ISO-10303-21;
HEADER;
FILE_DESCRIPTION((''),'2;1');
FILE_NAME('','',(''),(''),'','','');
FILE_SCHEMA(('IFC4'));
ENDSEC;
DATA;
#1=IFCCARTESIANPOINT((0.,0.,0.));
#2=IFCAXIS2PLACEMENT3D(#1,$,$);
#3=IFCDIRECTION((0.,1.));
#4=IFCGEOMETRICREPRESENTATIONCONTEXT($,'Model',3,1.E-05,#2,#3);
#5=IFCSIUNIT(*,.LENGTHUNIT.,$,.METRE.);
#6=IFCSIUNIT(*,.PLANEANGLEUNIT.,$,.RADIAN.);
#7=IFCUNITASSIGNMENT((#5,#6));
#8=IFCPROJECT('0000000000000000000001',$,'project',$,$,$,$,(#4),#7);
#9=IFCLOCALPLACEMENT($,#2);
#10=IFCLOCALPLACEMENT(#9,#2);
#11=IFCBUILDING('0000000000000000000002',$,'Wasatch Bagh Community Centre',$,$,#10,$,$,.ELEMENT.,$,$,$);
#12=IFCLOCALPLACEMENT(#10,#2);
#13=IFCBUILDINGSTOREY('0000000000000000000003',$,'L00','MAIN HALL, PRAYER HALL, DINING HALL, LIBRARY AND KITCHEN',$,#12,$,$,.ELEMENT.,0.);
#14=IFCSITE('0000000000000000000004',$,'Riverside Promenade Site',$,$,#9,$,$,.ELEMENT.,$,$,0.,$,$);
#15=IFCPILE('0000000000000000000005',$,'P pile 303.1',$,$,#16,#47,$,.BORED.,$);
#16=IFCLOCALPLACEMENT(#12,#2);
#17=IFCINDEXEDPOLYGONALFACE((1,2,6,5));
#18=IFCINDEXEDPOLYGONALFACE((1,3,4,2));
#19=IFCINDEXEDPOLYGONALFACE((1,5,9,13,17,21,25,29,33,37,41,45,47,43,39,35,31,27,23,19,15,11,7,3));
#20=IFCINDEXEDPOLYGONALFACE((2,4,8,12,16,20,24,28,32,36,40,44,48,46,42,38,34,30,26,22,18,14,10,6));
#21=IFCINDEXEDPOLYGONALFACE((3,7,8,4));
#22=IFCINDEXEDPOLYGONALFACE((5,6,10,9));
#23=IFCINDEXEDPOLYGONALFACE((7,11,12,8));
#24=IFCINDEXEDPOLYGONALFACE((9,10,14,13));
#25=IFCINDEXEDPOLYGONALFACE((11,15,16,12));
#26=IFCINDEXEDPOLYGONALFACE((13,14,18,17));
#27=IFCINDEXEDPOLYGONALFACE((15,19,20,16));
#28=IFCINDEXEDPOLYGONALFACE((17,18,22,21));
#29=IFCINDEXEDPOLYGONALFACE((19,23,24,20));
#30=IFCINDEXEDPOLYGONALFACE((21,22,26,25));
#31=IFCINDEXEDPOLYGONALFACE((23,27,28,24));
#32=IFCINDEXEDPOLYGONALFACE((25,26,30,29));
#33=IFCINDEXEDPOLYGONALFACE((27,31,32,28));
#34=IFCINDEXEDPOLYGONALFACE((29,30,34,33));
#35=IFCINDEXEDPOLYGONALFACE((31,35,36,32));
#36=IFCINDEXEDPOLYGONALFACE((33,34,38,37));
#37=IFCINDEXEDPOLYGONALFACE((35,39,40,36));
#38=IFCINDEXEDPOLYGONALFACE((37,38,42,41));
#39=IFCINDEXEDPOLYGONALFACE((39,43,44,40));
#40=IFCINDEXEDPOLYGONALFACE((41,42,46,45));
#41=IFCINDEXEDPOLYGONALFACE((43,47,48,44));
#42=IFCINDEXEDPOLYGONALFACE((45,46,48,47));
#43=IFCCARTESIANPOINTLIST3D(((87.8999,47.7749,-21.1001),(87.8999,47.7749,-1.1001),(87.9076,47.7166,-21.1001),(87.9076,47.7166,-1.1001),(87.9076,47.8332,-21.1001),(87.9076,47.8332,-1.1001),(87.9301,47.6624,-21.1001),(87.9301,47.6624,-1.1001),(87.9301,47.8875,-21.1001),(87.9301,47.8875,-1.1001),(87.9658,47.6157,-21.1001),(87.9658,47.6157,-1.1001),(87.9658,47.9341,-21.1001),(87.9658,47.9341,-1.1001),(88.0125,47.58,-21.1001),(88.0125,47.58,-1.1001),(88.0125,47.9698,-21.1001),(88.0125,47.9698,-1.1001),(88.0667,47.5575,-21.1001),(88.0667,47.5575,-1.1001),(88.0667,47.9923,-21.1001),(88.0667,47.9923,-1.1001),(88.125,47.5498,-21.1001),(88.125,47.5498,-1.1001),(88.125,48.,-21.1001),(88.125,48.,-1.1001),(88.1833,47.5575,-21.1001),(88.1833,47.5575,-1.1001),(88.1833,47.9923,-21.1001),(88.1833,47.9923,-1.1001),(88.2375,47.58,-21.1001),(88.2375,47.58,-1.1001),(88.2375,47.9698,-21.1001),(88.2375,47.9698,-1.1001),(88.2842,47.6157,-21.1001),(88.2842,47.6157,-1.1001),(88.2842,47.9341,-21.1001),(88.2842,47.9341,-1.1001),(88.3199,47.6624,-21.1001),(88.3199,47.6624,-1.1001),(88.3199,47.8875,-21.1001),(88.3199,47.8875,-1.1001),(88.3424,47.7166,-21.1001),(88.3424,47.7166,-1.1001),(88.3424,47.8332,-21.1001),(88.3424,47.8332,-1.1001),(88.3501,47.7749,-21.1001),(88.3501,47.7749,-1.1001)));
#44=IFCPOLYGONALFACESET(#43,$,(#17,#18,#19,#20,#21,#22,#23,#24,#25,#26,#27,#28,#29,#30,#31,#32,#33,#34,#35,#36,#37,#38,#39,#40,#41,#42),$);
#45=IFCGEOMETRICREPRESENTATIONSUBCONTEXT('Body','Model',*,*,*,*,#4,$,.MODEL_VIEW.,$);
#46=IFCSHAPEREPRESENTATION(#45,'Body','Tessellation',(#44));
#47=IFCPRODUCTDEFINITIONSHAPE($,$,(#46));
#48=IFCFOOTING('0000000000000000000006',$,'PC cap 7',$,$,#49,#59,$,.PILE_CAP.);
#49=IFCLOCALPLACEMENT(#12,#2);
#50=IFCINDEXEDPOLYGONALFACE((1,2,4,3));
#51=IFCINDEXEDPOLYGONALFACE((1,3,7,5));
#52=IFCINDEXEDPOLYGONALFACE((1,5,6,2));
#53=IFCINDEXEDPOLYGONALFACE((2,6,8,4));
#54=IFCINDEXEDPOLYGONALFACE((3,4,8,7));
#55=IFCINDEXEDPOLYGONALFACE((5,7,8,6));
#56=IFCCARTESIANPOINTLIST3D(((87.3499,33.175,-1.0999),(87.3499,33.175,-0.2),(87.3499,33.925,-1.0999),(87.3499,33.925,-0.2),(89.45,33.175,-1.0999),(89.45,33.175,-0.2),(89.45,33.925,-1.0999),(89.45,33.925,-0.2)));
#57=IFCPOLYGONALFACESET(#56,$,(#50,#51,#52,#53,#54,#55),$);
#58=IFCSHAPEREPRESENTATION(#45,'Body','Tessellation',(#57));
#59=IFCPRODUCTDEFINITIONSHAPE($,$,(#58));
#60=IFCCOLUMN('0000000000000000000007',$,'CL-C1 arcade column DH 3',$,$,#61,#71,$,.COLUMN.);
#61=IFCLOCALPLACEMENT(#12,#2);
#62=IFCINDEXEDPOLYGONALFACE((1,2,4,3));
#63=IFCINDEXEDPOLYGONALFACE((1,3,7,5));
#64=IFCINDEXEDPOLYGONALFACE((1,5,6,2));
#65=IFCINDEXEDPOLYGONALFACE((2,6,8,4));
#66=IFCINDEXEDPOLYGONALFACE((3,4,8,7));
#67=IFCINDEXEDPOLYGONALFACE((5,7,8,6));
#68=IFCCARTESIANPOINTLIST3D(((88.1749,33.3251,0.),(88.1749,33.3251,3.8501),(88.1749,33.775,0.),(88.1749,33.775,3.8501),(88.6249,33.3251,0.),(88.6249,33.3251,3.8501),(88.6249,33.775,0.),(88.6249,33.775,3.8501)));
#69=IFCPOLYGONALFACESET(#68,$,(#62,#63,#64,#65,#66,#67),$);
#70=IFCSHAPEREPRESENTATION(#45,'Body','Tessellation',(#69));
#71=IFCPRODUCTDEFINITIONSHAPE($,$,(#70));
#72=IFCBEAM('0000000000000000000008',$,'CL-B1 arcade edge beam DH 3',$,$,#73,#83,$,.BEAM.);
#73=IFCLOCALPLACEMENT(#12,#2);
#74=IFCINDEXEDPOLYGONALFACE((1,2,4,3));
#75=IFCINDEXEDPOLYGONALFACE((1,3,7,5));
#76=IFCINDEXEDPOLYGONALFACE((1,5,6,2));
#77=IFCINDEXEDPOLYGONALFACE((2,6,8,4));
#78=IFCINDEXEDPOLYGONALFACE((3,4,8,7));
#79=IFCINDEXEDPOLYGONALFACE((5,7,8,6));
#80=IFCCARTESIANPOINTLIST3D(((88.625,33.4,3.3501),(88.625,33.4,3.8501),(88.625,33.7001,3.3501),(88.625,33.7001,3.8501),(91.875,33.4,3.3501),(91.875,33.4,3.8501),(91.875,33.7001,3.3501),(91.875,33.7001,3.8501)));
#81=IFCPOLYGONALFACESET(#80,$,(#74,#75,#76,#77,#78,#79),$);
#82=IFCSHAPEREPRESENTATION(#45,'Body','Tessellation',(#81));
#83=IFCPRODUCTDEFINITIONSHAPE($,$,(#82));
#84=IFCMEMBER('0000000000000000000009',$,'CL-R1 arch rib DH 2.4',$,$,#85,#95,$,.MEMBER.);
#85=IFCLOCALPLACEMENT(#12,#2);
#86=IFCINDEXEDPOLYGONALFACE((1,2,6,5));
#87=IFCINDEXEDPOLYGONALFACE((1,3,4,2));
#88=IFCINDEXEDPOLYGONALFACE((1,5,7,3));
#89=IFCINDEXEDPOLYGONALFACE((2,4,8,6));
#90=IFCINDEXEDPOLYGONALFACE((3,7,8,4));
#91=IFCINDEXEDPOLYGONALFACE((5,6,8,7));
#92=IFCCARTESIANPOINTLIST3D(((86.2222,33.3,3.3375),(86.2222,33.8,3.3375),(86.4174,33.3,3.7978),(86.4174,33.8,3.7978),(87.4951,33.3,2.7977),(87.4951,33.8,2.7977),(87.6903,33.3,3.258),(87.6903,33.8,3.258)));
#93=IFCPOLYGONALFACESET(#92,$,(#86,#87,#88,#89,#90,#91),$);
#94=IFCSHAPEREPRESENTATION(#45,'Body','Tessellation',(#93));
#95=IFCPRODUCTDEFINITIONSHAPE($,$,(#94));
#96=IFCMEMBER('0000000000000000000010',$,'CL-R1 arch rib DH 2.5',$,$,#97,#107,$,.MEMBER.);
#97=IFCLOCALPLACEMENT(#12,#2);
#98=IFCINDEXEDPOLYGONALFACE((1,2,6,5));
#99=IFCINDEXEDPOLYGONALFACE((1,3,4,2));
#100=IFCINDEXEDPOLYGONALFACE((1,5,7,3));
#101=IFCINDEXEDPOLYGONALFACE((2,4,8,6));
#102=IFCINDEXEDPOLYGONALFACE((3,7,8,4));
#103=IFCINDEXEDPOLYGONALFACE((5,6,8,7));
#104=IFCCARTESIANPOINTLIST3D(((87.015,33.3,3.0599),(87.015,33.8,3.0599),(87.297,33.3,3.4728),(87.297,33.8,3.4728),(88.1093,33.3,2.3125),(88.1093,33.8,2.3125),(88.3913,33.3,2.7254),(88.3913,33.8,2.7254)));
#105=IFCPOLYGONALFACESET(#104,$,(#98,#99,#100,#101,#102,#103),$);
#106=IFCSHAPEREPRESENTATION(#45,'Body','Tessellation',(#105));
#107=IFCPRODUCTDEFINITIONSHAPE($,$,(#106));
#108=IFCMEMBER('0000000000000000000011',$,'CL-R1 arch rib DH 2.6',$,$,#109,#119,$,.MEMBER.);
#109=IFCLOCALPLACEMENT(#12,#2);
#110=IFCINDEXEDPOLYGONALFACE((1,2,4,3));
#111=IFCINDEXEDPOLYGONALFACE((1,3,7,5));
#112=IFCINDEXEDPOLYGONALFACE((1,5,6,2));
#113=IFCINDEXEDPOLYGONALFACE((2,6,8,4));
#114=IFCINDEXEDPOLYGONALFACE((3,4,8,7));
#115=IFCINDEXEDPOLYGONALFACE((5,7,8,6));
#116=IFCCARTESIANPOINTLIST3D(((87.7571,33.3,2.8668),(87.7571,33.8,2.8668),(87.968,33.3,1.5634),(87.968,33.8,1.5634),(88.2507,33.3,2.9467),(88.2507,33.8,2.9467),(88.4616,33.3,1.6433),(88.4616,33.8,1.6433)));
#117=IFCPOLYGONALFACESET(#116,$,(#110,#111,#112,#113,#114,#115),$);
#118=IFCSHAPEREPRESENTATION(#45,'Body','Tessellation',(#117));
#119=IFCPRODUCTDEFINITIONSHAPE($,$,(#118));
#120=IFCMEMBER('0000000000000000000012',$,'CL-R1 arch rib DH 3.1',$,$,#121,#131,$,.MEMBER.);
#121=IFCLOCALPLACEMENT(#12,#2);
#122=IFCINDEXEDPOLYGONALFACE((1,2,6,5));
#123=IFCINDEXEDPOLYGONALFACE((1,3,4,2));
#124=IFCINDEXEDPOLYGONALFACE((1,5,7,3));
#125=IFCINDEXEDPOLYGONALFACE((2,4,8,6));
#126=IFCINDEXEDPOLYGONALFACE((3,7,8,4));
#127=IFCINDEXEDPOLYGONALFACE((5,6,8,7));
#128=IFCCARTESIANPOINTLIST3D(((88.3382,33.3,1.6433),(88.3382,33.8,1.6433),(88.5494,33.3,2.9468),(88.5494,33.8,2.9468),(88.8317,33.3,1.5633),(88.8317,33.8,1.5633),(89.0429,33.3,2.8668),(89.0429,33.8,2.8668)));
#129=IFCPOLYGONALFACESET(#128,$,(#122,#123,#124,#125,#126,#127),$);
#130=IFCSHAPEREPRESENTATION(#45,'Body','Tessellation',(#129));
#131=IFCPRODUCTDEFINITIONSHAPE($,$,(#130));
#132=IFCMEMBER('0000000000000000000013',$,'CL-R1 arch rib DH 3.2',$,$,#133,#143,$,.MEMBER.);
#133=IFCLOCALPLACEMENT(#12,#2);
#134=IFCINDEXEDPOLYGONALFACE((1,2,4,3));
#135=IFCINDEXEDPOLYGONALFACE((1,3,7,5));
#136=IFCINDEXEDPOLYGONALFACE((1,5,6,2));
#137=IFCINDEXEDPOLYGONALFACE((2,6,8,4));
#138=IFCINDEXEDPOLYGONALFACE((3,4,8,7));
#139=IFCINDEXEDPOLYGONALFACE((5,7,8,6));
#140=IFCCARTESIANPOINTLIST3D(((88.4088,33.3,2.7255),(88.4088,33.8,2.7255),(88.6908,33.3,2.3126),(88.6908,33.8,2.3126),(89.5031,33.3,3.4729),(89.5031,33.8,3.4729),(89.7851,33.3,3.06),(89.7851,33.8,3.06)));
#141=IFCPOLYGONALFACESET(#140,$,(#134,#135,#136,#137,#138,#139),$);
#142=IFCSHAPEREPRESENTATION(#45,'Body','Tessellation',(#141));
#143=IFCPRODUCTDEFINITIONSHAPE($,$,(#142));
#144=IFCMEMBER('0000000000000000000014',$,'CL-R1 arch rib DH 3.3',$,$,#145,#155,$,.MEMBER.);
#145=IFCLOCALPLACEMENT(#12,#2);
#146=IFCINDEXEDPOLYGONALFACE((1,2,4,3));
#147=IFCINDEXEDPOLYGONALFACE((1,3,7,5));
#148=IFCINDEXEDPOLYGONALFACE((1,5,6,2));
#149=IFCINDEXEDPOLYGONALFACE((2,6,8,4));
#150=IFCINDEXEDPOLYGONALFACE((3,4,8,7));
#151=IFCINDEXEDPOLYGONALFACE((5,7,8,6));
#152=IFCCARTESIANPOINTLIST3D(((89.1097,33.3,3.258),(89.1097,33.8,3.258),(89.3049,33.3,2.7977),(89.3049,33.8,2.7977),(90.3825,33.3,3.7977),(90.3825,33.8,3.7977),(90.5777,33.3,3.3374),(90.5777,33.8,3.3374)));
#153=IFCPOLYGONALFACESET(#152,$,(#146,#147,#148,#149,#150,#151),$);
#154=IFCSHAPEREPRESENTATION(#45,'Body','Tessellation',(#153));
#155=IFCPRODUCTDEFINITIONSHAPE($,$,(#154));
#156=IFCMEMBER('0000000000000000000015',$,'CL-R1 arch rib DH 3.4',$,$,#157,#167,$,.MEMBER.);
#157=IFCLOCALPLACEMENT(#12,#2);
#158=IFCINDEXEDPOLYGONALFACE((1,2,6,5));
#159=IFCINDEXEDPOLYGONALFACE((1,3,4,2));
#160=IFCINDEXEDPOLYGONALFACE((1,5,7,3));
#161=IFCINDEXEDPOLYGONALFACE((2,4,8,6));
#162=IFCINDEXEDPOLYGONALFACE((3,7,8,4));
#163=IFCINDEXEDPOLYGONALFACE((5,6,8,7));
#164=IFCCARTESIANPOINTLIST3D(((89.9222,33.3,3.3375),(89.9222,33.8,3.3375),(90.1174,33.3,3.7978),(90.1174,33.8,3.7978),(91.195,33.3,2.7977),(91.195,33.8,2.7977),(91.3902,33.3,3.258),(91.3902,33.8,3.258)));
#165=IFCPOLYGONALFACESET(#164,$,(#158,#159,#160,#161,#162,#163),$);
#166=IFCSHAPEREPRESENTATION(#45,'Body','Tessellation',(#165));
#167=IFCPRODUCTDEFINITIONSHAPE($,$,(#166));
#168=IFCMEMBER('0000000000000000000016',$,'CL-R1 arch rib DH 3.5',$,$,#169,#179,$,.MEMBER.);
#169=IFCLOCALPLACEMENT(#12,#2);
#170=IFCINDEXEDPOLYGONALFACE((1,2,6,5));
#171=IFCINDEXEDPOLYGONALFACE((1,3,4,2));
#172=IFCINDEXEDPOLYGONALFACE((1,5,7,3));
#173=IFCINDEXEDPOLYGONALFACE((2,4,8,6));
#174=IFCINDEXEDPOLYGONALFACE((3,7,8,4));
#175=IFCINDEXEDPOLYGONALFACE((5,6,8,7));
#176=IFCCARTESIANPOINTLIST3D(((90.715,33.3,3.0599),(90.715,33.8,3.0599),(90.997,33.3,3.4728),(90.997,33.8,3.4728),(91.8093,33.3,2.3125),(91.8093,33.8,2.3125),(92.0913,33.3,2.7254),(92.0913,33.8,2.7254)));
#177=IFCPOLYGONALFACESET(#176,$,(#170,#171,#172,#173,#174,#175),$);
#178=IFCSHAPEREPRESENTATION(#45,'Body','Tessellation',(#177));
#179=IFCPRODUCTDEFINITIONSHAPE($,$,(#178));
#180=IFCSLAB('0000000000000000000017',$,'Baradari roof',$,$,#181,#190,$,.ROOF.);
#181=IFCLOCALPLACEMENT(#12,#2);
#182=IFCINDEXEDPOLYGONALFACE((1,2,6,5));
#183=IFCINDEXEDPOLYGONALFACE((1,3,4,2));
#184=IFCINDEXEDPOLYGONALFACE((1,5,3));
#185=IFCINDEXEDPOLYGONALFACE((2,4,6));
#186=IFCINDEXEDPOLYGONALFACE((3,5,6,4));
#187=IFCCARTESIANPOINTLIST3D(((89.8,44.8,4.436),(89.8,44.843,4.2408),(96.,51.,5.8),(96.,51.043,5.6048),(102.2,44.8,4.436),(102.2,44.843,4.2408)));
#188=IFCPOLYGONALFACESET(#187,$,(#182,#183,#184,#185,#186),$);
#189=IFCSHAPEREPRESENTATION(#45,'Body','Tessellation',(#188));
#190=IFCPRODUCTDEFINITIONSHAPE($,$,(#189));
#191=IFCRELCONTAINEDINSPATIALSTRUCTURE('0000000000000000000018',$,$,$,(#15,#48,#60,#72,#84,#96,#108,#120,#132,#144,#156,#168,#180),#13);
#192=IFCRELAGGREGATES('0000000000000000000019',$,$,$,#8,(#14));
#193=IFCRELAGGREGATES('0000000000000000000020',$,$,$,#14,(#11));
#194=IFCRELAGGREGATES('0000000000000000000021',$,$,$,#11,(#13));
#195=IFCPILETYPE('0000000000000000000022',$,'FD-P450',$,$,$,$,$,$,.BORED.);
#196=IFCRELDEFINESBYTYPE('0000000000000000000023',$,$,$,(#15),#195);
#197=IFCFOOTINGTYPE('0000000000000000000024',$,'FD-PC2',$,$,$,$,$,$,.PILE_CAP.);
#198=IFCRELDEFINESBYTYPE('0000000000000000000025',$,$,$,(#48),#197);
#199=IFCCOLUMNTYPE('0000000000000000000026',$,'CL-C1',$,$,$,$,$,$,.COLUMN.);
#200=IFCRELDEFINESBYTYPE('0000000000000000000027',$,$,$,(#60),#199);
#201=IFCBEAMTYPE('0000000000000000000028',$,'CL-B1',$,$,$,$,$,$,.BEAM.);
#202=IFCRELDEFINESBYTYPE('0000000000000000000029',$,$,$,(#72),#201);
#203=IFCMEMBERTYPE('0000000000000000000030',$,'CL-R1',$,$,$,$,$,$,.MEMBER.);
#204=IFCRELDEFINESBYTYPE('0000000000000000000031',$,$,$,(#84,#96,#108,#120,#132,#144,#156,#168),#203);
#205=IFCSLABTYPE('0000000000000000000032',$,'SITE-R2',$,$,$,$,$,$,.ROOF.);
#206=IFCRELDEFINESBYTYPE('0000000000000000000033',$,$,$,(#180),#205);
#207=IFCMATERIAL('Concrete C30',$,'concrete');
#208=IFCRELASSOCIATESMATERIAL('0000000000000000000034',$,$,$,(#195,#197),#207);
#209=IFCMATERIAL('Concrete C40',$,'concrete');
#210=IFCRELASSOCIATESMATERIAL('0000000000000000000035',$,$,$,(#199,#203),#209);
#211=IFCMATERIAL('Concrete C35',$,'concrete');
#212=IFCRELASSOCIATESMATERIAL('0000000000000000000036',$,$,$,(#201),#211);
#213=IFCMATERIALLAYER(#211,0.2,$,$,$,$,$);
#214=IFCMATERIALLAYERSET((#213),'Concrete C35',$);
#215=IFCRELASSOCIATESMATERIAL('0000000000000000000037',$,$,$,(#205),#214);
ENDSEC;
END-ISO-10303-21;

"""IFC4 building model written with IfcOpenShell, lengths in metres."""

from ifc_helpers import new_model, si_unit, direction, frame, origin, origin_2d, place, context, subcontext, project, spatial, polyline, rectangle, circle, outline, extrude, material, layer, layer_set, material_profile, profile_set, type_object, element, save


model = new_model("IFC4")

# Units and contexts
model_context = context("Model", 3, precision=1e-05, world=origin(), true_north=direction((0.0, 1.0)))
body_context = subcontext(model_context, "Body", "Model", "MODEL_VIEW")
ifc_project = project(units=[si_unit("LENGTHUNIT", "METRE"), si_unit("PLANEANGLEUNIT", "RADIAN")], contexts=[model_context])

# Site, building, storey
site_placement = place(None, origin())
site = spatial("IfcSite", under=ifc_project, at=site_placement, Name="Riverside Promenade Site", CompositionType="ELEMENT", RefElevation=0.0)
building_placement = place(site_placement, origin())
building = spatial("IfcBuilding", under=site, at=building_placement, Name="Wasatch Bagh Community Centre", CompositionType="ELEMENT")
storey_placement = place(building_placement, origin())
storey = spatial("IfcBuildingStorey", under=building, at=storey_placement, Name="L00", Description="MAIN HALL, PRAYER HALL, DINING HALL, LIBRARY AND KITCHEN", CompositionType="ELEMENT", Elevation=0.0)

# Shared definitions
ifc_material_1 = material(Name="Concrete C35", Category="concrete")

# Pile
ifc_material_2 = material(Name="Concrete C30", Category="concrete")
ifc_material_profile_1 = material_profile(ifc_material_2, circle(Radius=0.2251, at=origin_2d()), Name="RC D450")
ifc_profile_set_1 = profile_set([ifc_material_profile_1], Name="Concrete C30")
pile_type = type_object("IfcPileType", Name="FD-P450", PredefinedType="BORED", material=ifc_profile_set_1)
for number, where, z_axis, x_axis, name in (
    (1, (88.125, 47.7749, -1.1001), (0.0, 0.0, -1.0), (1.0, 0.0, 0.0), "P pile 303.1"),
):
    element("IfcPile", number, at=place(storey_placement, frame(where, z_axis=z_axis, x_axis=x_axis)), inside=storey, type_object=pile_type, Name=name, PredefinedType="BORED", context=body_context, shape_type="SweptSolid", body=[
        extrude(circle(Radius=0.2251, at=origin_2d()), origin(), (0.0, 0.0, 1.0), 20.0),
    ])

# Footing
footing_type_1 = type_object("IfcFootingType", Name="FD-PC2", PredefinedType="PILE_CAP", material=ifc_material_2)
footing_placement = place(storey_placement, frame((88.3999, 33.55, -1.0999), z_axis=(0.0, 0.0, 1.0), x_axis=(1.0, 0.0, 0.0)))
element("IfcFooting", 2, at=footing_placement, inside=storey, type_object=footing_type_1, Name="PC cap 7", PredefinedType="PILE_CAP", context=body_context, shape_type="SweptSolid", body=[
    extrude(rectangle(XDim=2.1001, YDim=0.75, at=origin_2d()), origin(), (0.0, 0.0, 1.0), 0.8999),
])

# Column
ifc_material_3 = material(Name="Concrete C40", Category="concrete")
ifc_material_profile_2 = material_profile(ifc_material_3, rectangle(XDim=0.45, YDim=0.45, at=origin_2d()), Name="RC 450x450")
ifc_profile_set_2 = profile_set([ifc_material_profile_2], Name="Concrete C40")
column_type = type_object("IfcColumnType", Name="CL-C1", PredefinedType="COLUMN", material=ifc_profile_set_2)
column_placement = place(storey_placement, frame((88.3999, 33.55, 0.0), z_axis=(0.0, 0.0, 1.0), x_axis=(1.0, 0.0, 0.0)))
element("IfcColumn", 3, at=column_placement, inside=storey, type_object=column_type, Name="CL-C1 arcade column DH 3", PredefinedType="COLUMN", context=body_context, shape_type="SweptSolid", body=[
    extrude(rectangle(XDim=0.45, YDim=0.45, at=origin_2d()), origin(), (0.0, 0.0, 1.0), 3.8501),
])

# Beam
ifc_material_profile_3 = material_profile(ifc_material_1, rectangle(XDim=0.3, YDim=0.5, at=origin_2d()), Name="RC 300x500")
ifc_profile_set_3 = profile_set([ifc_material_profile_3], Name="Concrete C35")
beam_type = type_object("IfcBeamType", Name="CL-B1", PredefinedType="BEAM", material=ifc_profile_set_3)
beam_placement = place(storey_placement, frame((88.625, 33.55, 3.6001), z_axis=(1.0, 0.0, 0.0), x_axis=(0.0, 1.0, 0.0)))
element("IfcBeam", 4, at=beam_placement, inside=storey, type_object=beam_type, Name="CL-B1 arcade edge beam DH 3", PredefinedType="BEAM", context=body_context, shape_type="SweptSolid", body=[
    extrude(rectangle(XDim=0.3, YDim=0.5, at=origin_2d()), origin(), (0.0, 0.0, 1.0), 3.25),
])

# Members
ifc_material_profile_4 = material_profile(ifc_material_3, rectangle(XDim=0.5, YDim=0.5, at=origin_2d()), Name="RC 500x500")
ifc_profile_set_4 = profile_set([ifc_material_profile_4], Name="Concrete C40")
member_type = type_object("IfcMemberType", Name="CL-R1", PredefinedType="MEMBER", material=ifc_profile_set_4)
member_1_placement = place(storey_placement, frame((86.3198, 33.55, 3.5676), z_axis=(0.920645, 0.0, -0.3904), x_axis=(0.0, 1.0, 0.0)))
element("IfcMember", 5, at=member_1_placement, inside=storey, type_object=member_type, Name="CL-R1 arch rib DH 2.4", PredefinedType="MEMBER", context=body_context, shape_type="SweptSolid", body=[
    extrude(rectangle(XDim=0.5, YDim=0.5, at=origin_2d()), origin(), (0.0, 0.0, 1.0), 1.3826),
])
member_2_placement = place(storey_placement, frame((87.156, 33.55, 3.2664), z_axis=(0.825791, 0.0, -0.563977), x_axis=(0.0, 1.0, 0.0)))
element("IfcMember", 6, at=member_2_placement, inside=storey, type_object=member_type, Name="CL-R1 arch rib DH 2.5", PredefinedType="MEMBER", context=body_context, shape_type="SweptSolid", body=[
    extrude(rectangle(XDim=0.5, YDim=0.5, at=origin_2d()), origin(), (0.0, 0.0, 1.0), 1.3252),
])
member_3_placement = place(storey_placement, frame((88.0039, 33.55, 2.9067), z_axis=(0.15975, 0.0, -0.987158), x_axis=(0.0, 1.0, 0.0)))
element("IfcMember", 7, at=member_3_placement, inside=storey, type_object=member_type, Name="CL-R1 arch rib DH 2.6", PredefinedType="MEMBER", context=body_context, shape_type="SweptSolid", body=[
    extrude(rectangle(XDim=0.5, YDim=0.5, at=origin_2d()), origin(), (0.0, 0.0, 1.0), 1.3203),
])
member_4_placement = place(storey_placement, frame((88.585, 33.55, 1.6033), z_axis=(0.15993, 0.0, 0.987128), x_axis=(0.0, 1.0, 0.0)))
element("IfcMember", 8, at=member_4_placement, inside=storey, type_object=member_type, Name="CL-R1 arch rib DH 3.1", PredefinedType="MEMBER", context=body_context, shape_type="SweptSolid", body=[
    extrude(rectangle(XDim=0.5, YDim=0.5, at=origin_2d()), origin(), (0.0, 0.0, 1.0), 1.3206),
])
member_5_placement = place(storey_placement, frame((88.5498, 33.55, 2.519), z_axis=(0.825791, 0.0, 0.563977), x_axis=(0.0, 1.0, 0.0)))
element("IfcMember", 9, at=member_5_placement, inside=storey, type_object=member_type, Name="CL-R1 arch rib DH 3.2", PredefinedType="MEMBER", context=body_context, shape_type="SweptSolid", body=[
    extrude(rectangle(XDim=0.5, YDim=0.5, at=origin_2d()), origin(), (0.0, 0.0, 1.0), 1.3252),
])
for number, where, z_axis, x_axis, name in (
    (10, (89.2073, 33.55, 3.0278), (0.920645, 0.0, 0.3904), (0.0, 1.0, 0.0), "CL-R1 arch rib DH 3.3"),
    (11, (90.0198, 33.55, 3.5676), (0.920645, 0.0, -0.3904), (0.0, 1.0, 0.0), "CL-R1 arch rib DH 3.4"),
):
    element("IfcMember", number, at=place(storey_placement, frame(where, z_axis=z_axis, x_axis=x_axis)), inside=storey, type_object=member_type, Name=name, PredefinedType="MEMBER", context=body_context, shape_type="SweptSolid", body=[
        extrude(rectangle(XDim=0.5, YDim=0.5, at=origin_2d()), origin(), (0.0, 0.0, 1.0), 1.3826),
    ])
member_6_placement = place(storey_placement, frame((90.856, 33.55, 3.2664), z_axis=(0.825791, 0.0, -0.563977), x_axis=(0.0, 1.0, 0.0)))
element("IfcMember", 12, at=member_6_placement, inside=storey, type_object=member_type, Name="CL-R1 arch rib DH 3.5", PredefinedType="MEMBER", context=body_context, shape_type="SweptSolid", body=[
    extrude(rectangle(XDim=0.5, YDim=0.5, at=origin_2d()), origin(), (0.0, 0.0, 1.0), 1.3252),
])

# Slab
ifc_layer_1 = layer(ifc_material_1, 0.2)
ifc_layer_set_1 = layer_set([ifc_layer_1], Name="Concrete C35")
slab_type = type_object("IfcSlabType", Name="SITE-R2", PredefinedType="ROOF", material=ifc_layer_set_1)
slab_placement = place(storey_placement, frame((89.8, 44.8, 4.436), z_axis=(0.0, -0.214865, 0.976644), x_axis=(1.0, 0.0, 0.0)))
element("IfcSlab", 13, at=slab_placement, inside=storey, type_object=slab_type, Name="Baradari roof", PredefinedType="ROOF", context=body_context, shape_type="SweptSolid", body=[
    extrude(outline(polyline([(0.0, 0.0), (12.3999, 0.0), (6.2, 6.3482), (0.0, 0.0)])), origin(), (0.0, 0.0, -1.0), 0.2),
])

save(model, "model.ifc")
